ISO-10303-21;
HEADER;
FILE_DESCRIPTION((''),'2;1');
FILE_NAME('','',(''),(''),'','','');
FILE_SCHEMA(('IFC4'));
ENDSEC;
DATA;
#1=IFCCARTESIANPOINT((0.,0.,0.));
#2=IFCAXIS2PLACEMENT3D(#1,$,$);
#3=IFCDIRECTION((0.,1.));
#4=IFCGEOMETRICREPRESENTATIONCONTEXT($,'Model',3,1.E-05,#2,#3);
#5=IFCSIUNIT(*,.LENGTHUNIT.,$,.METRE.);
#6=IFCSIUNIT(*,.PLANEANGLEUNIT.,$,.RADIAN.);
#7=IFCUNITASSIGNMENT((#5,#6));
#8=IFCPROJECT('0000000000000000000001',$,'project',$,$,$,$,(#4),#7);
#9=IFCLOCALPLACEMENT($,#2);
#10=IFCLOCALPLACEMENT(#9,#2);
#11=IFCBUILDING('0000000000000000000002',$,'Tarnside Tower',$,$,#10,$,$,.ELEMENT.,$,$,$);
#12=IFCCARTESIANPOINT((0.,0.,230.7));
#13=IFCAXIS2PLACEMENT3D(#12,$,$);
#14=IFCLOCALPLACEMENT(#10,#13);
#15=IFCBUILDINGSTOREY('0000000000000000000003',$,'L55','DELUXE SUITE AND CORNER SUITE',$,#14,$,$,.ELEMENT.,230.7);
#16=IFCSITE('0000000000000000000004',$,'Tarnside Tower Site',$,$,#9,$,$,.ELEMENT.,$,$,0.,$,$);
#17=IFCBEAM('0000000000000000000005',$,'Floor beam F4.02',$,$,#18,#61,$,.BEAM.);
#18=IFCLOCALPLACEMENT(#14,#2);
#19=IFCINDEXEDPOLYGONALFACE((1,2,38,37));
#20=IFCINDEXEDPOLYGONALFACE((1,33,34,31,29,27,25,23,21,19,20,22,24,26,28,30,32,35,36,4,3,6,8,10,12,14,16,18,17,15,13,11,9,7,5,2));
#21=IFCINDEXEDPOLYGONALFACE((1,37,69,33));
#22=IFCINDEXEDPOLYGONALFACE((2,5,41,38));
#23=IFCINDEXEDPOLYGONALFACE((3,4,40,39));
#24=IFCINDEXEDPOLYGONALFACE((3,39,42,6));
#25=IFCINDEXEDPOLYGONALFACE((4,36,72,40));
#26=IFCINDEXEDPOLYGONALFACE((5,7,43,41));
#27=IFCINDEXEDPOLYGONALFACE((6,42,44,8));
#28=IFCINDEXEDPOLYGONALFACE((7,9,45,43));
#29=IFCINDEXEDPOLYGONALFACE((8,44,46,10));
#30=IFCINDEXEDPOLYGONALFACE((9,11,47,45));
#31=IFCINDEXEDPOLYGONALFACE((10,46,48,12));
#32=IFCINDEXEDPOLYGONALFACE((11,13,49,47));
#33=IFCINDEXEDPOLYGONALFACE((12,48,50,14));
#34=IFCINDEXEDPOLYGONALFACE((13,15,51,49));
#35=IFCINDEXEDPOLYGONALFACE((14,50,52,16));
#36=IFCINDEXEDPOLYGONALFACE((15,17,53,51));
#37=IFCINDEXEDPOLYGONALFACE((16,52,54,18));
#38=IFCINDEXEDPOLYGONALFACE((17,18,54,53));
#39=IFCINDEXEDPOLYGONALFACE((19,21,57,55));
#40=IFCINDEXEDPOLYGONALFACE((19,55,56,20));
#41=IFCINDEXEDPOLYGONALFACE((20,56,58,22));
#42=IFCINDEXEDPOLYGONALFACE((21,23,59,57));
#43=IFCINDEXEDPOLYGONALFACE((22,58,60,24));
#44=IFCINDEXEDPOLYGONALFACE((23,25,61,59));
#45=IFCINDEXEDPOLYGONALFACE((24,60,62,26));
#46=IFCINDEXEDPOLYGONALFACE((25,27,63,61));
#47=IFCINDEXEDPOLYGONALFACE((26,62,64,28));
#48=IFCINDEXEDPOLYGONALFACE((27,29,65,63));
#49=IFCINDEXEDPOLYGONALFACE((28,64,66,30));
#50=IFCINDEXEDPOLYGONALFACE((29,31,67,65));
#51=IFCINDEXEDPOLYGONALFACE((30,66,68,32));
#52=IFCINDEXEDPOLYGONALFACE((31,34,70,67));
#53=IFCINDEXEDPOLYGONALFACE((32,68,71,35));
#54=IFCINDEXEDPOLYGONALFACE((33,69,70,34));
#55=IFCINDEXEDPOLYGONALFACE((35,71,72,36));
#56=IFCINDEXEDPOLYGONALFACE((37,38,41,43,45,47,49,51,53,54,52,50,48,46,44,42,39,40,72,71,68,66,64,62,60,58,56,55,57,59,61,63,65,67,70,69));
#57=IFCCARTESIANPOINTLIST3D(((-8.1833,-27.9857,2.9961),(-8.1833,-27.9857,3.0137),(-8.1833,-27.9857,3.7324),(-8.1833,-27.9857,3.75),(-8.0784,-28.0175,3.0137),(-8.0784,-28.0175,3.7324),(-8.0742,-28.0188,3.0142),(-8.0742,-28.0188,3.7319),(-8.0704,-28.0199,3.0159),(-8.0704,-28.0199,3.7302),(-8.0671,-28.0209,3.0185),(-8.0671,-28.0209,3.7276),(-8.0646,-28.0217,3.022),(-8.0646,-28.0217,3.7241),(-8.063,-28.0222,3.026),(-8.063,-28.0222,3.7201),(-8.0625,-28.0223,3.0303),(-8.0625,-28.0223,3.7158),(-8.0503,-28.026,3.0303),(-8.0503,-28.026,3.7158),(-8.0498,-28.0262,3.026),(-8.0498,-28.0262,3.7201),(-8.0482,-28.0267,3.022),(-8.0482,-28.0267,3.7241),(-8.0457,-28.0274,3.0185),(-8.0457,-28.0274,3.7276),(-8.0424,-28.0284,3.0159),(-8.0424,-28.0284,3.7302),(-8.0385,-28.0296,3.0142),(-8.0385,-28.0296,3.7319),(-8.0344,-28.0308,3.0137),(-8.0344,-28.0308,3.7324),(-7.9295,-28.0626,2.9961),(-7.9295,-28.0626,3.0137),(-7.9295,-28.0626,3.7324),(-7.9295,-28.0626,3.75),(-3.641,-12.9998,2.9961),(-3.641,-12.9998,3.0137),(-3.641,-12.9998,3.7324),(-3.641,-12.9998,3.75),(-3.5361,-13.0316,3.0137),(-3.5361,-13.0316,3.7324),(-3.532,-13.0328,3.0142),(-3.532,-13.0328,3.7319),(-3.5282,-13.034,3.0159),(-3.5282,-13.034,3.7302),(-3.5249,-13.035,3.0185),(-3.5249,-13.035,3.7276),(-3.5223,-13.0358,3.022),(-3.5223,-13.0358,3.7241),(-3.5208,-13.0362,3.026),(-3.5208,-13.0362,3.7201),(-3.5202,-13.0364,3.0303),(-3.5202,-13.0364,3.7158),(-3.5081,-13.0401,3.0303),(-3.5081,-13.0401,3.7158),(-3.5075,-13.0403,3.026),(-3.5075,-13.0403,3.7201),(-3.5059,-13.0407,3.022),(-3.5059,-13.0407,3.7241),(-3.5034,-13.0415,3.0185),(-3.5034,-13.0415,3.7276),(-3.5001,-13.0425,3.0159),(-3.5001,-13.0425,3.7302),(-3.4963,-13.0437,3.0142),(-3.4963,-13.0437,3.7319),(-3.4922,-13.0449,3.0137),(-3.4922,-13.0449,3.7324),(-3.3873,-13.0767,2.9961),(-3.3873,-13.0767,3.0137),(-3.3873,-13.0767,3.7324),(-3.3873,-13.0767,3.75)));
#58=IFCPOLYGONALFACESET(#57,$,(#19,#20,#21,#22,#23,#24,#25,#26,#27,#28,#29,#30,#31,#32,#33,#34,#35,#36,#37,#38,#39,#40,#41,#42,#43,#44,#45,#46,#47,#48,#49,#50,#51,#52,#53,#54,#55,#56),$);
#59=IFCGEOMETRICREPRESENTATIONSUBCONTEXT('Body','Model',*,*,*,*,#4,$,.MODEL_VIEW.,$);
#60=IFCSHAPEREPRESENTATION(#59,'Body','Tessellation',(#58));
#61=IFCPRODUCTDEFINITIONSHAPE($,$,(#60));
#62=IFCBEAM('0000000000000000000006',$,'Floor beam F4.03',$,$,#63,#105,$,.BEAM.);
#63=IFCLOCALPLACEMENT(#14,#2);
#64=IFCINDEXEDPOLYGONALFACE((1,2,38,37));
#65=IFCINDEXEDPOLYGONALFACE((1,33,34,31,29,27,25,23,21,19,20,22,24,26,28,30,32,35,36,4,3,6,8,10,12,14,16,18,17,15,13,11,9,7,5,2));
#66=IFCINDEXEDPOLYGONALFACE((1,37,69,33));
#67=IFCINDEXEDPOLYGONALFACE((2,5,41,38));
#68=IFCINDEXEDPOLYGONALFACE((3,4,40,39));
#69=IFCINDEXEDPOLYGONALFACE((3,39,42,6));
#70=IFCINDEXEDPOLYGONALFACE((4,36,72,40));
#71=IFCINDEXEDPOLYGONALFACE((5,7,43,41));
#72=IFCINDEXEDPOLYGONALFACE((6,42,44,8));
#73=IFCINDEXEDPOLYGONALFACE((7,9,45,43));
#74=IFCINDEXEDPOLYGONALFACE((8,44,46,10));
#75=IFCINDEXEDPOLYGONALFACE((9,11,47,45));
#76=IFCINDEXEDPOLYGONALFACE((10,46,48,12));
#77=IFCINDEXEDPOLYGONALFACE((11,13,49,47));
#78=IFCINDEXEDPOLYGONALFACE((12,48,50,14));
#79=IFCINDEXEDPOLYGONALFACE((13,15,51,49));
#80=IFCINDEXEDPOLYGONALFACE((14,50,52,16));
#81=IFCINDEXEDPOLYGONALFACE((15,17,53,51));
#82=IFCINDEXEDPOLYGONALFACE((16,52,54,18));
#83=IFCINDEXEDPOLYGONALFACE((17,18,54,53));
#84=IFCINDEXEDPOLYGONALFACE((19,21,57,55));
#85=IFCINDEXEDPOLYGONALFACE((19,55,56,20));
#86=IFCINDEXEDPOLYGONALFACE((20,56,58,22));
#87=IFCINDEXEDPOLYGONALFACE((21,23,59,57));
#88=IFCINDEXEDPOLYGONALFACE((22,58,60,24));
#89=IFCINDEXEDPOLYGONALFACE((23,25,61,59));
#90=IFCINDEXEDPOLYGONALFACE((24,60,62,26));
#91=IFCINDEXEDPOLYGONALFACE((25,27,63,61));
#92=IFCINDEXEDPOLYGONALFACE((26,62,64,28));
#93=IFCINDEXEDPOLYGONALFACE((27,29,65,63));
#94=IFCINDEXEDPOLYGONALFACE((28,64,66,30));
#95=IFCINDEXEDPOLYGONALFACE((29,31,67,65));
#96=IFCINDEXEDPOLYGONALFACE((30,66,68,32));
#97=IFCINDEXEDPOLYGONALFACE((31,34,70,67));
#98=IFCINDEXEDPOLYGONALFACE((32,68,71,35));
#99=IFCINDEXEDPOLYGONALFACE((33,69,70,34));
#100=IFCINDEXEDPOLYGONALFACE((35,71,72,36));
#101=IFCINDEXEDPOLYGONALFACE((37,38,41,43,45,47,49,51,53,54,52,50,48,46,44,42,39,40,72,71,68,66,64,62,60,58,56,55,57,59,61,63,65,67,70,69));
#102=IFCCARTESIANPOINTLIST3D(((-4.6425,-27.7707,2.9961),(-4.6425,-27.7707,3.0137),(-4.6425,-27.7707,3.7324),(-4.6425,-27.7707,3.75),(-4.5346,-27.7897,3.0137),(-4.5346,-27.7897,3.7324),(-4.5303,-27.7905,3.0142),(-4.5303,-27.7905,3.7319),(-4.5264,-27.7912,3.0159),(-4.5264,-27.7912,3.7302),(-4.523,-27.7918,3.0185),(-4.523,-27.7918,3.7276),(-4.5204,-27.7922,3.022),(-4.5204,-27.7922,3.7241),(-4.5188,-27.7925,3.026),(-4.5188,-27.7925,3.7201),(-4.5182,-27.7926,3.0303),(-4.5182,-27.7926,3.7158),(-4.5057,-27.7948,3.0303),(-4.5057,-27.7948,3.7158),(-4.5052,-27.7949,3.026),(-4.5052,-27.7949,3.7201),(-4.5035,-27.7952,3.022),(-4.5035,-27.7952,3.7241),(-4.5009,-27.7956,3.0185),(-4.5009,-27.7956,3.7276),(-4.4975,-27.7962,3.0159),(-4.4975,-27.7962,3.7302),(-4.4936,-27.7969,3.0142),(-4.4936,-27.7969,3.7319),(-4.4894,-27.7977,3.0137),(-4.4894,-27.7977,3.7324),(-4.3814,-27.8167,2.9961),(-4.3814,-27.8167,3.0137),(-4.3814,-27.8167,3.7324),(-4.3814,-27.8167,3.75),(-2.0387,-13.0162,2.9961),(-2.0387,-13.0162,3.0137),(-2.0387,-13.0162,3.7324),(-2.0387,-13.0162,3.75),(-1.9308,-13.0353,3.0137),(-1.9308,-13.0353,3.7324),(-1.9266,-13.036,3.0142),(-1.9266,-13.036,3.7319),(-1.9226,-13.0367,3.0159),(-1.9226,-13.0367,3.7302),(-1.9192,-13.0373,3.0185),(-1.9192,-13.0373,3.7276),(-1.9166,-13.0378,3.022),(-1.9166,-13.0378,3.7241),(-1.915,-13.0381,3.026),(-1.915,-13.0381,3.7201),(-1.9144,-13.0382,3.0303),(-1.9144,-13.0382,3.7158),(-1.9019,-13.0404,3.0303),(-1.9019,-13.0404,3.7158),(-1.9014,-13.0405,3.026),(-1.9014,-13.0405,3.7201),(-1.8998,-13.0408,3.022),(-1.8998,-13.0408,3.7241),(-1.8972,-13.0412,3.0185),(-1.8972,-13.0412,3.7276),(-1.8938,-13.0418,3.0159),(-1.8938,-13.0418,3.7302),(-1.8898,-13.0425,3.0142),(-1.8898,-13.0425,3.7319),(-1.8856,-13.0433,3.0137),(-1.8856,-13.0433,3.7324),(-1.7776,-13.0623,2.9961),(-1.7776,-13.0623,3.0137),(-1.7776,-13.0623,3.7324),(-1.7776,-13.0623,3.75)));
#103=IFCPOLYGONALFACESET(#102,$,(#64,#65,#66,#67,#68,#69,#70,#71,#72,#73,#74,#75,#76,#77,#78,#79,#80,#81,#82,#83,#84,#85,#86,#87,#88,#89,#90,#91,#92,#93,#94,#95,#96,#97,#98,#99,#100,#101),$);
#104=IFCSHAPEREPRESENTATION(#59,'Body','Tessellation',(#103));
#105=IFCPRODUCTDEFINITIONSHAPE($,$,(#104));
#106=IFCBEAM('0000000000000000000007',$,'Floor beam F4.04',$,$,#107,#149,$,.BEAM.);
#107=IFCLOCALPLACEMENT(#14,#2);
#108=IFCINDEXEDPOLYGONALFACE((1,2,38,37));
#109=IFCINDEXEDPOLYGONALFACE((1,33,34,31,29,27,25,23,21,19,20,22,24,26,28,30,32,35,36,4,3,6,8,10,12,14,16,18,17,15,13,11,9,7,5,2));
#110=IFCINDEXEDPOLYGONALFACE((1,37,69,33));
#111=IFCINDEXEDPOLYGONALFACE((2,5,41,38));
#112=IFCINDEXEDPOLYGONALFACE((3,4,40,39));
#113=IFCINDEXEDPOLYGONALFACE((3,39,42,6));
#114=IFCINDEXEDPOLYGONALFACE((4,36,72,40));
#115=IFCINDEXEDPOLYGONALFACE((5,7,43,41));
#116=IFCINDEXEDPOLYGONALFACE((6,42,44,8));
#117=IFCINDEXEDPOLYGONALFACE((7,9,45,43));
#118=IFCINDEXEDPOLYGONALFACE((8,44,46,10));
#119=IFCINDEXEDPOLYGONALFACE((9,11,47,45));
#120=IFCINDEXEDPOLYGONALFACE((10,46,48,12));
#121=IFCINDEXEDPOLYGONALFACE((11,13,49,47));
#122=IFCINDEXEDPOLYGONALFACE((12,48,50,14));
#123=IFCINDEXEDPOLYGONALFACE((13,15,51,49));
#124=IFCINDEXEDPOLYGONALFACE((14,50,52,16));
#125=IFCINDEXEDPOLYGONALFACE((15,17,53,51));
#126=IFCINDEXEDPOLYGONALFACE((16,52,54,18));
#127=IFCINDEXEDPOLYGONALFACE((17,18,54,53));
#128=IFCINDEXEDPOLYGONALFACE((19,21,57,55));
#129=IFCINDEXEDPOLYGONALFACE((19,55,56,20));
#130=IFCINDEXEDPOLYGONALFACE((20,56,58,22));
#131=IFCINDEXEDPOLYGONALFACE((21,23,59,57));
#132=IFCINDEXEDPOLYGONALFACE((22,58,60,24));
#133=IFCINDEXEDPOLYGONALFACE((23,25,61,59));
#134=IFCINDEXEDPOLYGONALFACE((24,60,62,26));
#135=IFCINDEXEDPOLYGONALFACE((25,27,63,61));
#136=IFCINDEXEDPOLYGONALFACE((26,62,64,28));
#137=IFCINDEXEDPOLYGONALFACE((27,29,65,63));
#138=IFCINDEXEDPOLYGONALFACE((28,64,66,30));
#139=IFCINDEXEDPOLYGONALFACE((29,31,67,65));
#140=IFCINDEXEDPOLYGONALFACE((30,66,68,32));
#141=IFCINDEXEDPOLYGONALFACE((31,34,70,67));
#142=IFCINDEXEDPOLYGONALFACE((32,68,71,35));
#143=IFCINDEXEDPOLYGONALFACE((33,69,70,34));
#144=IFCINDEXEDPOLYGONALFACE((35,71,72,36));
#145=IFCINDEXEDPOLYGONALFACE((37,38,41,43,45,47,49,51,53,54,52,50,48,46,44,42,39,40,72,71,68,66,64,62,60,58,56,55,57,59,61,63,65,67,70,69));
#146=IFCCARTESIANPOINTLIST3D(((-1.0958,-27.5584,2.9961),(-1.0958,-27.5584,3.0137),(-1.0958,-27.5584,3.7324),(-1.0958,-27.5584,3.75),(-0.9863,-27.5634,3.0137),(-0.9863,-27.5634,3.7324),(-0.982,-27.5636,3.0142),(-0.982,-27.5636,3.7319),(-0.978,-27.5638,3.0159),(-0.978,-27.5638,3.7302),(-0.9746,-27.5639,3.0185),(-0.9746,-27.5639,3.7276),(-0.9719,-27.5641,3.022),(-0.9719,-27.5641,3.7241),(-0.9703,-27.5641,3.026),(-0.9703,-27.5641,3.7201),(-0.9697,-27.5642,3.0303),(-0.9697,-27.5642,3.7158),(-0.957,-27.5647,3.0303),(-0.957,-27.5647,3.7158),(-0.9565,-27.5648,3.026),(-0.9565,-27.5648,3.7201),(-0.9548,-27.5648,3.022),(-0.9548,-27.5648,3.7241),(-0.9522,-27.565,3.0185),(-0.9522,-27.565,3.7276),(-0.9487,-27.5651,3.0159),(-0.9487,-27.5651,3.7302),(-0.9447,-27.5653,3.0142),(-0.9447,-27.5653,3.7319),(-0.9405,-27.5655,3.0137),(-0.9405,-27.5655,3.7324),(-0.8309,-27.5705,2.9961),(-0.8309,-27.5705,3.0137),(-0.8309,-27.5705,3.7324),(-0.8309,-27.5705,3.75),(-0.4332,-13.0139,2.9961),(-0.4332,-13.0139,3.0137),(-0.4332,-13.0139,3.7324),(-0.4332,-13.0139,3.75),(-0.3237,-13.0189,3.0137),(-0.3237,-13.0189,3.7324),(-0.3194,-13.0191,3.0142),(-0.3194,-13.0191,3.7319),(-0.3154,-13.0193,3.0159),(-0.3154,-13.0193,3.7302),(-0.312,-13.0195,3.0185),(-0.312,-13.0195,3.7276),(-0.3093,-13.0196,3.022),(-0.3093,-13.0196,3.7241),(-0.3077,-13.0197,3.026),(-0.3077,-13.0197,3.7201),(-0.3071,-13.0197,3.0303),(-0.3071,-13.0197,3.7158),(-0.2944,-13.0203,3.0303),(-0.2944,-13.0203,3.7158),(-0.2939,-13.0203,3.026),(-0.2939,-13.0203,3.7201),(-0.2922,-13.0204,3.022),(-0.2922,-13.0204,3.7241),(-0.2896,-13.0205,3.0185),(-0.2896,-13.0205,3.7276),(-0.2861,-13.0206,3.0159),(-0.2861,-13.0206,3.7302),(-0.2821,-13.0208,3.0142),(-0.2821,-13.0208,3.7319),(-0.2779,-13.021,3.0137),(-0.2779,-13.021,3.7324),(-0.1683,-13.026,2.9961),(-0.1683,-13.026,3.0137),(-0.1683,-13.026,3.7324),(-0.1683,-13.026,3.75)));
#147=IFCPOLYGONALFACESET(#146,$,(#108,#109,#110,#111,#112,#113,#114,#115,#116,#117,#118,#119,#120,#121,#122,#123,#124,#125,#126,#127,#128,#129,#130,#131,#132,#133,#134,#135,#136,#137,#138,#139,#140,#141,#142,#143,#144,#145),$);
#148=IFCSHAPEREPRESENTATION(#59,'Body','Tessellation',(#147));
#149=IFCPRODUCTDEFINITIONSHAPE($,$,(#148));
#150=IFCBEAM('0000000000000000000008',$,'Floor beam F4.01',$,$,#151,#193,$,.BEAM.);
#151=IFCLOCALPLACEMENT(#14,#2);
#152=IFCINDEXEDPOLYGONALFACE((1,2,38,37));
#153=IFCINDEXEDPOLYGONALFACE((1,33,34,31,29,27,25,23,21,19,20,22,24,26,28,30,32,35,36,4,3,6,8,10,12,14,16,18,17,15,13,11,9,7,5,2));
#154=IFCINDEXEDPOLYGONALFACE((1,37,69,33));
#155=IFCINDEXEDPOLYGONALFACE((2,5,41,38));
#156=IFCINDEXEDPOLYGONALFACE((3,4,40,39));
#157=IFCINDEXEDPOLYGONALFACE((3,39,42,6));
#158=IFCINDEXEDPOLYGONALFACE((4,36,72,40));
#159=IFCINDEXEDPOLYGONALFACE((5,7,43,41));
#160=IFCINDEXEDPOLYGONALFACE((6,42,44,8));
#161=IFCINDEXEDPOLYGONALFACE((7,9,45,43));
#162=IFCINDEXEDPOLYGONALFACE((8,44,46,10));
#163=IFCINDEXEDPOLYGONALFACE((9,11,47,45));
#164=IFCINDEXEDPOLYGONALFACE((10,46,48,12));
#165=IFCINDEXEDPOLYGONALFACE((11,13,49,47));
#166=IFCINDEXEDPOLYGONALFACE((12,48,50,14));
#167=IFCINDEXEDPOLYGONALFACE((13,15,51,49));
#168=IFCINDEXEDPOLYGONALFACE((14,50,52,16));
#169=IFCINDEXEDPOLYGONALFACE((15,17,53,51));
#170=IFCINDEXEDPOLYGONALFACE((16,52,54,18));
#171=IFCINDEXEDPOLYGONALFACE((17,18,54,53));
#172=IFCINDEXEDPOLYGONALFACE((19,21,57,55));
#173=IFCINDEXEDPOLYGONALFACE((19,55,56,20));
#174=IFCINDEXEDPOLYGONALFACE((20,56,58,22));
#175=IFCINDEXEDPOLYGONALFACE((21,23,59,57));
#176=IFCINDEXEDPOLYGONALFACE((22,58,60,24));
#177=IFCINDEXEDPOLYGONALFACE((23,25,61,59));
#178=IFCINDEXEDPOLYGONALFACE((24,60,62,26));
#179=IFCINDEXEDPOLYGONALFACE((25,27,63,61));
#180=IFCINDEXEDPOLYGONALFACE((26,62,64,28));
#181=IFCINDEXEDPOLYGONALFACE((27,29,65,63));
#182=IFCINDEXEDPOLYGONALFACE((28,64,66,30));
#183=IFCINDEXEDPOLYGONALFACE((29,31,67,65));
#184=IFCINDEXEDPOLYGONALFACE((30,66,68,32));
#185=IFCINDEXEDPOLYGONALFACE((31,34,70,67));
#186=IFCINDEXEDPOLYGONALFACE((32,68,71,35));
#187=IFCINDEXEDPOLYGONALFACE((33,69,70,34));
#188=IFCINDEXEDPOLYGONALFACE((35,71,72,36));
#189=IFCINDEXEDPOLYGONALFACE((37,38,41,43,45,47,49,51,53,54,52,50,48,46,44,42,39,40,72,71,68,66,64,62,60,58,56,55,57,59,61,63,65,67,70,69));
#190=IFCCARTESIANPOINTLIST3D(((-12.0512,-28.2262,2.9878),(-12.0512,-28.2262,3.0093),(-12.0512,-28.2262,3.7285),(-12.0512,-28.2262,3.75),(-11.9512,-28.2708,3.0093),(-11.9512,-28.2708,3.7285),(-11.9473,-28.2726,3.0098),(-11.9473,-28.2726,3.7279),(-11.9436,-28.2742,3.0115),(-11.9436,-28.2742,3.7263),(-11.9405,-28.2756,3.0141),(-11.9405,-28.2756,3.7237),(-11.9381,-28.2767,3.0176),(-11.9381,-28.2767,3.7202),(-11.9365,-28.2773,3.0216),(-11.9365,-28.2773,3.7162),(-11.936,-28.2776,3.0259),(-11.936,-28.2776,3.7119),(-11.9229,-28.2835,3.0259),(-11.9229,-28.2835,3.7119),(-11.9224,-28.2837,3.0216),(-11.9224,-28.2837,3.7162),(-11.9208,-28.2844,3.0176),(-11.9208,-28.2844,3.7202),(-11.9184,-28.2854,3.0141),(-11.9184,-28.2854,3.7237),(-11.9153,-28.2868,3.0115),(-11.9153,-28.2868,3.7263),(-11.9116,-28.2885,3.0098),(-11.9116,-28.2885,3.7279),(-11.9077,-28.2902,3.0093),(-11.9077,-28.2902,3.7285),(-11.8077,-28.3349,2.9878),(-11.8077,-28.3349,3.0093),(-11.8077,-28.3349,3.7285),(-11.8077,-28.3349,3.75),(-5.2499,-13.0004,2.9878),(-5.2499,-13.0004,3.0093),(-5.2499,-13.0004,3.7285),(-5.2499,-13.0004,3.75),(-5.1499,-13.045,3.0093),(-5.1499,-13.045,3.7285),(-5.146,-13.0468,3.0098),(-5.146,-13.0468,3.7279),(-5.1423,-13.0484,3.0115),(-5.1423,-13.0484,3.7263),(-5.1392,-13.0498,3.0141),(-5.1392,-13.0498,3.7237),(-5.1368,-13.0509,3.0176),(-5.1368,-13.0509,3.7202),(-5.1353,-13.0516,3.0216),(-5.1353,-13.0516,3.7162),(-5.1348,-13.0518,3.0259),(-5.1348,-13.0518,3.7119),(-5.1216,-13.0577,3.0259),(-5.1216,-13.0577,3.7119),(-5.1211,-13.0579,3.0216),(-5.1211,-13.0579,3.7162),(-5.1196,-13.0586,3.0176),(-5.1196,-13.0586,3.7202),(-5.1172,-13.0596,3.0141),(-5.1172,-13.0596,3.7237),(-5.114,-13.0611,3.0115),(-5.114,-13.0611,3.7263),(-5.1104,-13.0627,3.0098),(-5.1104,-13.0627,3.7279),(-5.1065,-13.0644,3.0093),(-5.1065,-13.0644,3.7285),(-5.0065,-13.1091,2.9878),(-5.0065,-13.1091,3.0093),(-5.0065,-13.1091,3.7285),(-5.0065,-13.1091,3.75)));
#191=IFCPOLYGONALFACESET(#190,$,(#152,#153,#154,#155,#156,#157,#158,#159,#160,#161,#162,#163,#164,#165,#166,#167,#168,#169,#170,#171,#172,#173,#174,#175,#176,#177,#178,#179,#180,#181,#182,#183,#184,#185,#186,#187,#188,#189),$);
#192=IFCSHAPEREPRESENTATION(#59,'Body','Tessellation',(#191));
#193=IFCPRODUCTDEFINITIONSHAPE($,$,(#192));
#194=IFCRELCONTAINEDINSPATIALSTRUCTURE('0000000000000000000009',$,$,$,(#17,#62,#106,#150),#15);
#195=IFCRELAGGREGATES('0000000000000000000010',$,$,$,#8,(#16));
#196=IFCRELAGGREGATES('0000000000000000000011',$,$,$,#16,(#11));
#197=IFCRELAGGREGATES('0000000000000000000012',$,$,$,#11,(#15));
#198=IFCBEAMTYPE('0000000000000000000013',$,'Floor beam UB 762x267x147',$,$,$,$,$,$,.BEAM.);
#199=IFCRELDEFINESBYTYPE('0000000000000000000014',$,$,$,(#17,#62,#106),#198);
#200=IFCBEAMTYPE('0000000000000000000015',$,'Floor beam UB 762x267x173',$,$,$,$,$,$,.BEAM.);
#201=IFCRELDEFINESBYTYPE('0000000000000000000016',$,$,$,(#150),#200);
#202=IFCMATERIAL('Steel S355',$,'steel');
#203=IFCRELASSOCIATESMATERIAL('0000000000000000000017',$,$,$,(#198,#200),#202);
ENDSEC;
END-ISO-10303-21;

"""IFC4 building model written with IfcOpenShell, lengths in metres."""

from ifc_helpers import new_model, si_unit, direction, frame, origin, origin_2d, place, context, subcontext, project, spatial, i_section, extrude, material, material_profile, profile_set, type_object, element, save


model = new_model("IFC4")

# Units and contexts
model_context = context("Model", 3, precision=1e-05, world=origin(), true_north=direction((0.0, 1.0)))
body_context = subcontext(model_context, "Body", "Model", "MODEL_VIEW")
ifc_project = project(units=[si_unit("LENGTHUNIT", "METRE"), si_unit("PLANEANGLEUNIT", "RADIAN")], contexts=[model_context])

# Site, building, storey
site_placement = place(None, origin())
site = spatial("IfcSite", under=ifc_project, at=site_placement, Name="Tarnside Tower Site", CompositionType="ELEMENT", RefElevation=0.0)
building_placement = place(site_placement, origin())
building = spatial("IfcBuilding", under=site, at=building_placement, Name="Tarnside Tower", CompositionType="ELEMENT")
storey_placement = place(building_placement, frame((0.0, 0.0, 230.7)))
storey = spatial("IfcBuildingStorey", under=building, at=storey_placement, Name="L55", Description="DELUXE SUITE AND CORNER SUITE", CompositionType="ELEMENT", Elevation=230.7)

# Beams
ifc_material_1 = material(Name="Steel S355", Category="steel")
ifc_material_profile_1 = material_profile(ifc_material_1, i_section(OverallWidth=0.2651, OverallDepth=0.7539, WebThickness=0.0127, FlangeThickness=0.0176, FilletRadius=0.0166, at=origin_2d()), Name="UB 762x267x147")
ifc_profile_set_1 = profile_set([ifc_material_profile_1], Name="Steel S355")
beam_type_1 = type_object("IfcBeamType", Name="Floor beam UB 762x267x147", PredefinedType="BEAM", material=ifc_profile_set_1)
beam_1_placement = place(storey_placement, frame((-8.0564, -28.0242, 3.373), z_axis=(0.29007, 0.957005, 0.0), x_axis=(-0.957005, 0.29007, 0.0)))
element("IfcBeam", 1, at=beam_1_placement, inside=storey, type_object=beam_type_1, Name="Floor beam F4.02", PredefinedType="BEAM", context=body_context, shape_type="SweptSolid", body=[
    extrude(i_section(OverallWidth=0.2651, OverallDepth=0.7539, WebThickness=0.0127, FlangeThickness=0.0176, FilletRadius=0.0166, at=origin_2d()), origin(), (0.0, 0.0, 1.0), 15.6592),
])
beam_2_placement = place(storey_placement, frame((-4.512, -27.7937, 3.373), z_axis=(0.173788, 0.984783, 0.0), x_axis=(-0.984783, 0.173788, 0.0)))
element("IfcBeam", 2, at=beam_2_placement, inside=storey, type_object=beam_type_1, Name="Floor beam F4.03", PredefinedType="BEAM", context=body_context, shape_type="SweptSolid", body=[
    extrude(i_section(OverallWidth=0.2651, OverallDepth=0.7539, WebThickness=0.0127, FlangeThickness=0.0176, FilletRadius=0.0166, at=origin_2d()), origin(), (0.0, 0.0, 1.0), 14.9824),
])
beam_3_placement = place(storey_placement, frame((-0.9634, -27.5645, 3.373), z_axis=(0.04551, 0.998964, 0.0), x_axis=(-0.998964, 0.04551, 0.0)))
element("IfcBeam", 3, at=beam_3_placement, inside=storey, type_object=beam_type_1, Name="Floor beam F4.04", PredefinedType="BEAM", context=body_context, shape_type="SweptSolid", body=[
    extrude(i_section(OverallWidth=0.2651, OverallDepth=0.7539, WebThickness=0.0127, FlangeThickness=0.0176, FilletRadius=0.0166, at=origin_2d()), origin(), (0.0, 0.0, 1.0), 14.5596),
])
ifc_material_profile_2 = material_profile(ifc_material_1, i_section(OverallWidth=0.2666, OverallDepth=0.7622, WebThickness=0.0144, FlangeThickness=0.0215, FilletRadius=0.0166, at=origin_2d()), Name="UB 762x267x173")
ifc_profile_set_2 = profile_set([ifc_material_profile_2], Name="Steel S355")
beam_type_2 = type_object("IfcBeamType", Name="Floor beam UB 762x267x173", PredefinedType="BEAM", material=ifc_profile_set_2)
beam_4_placement = place(storey_placement, frame((-11.9294, -28.2805, 3.3689), z_axis=(0.407852, 0.913048, 0.0), x_axis=(-0.913048, 0.407852, 0.0)))
element("IfcBeam", 4, at=beam_4_placement, inside=storey, type_object=beam_type_2, Name="Floor beam F4.01", PredefinedType="BEAM", context=body_context, shape_type="SweptSolid", body=[
    extrude(i_section(OverallWidth=0.2666, OverallDepth=0.7622, WebThickness=0.0144, FlangeThickness=0.0215, FilletRadius=0.0166, at=origin_2d()), origin(), (0.0, 0.0, 1.0), 16.6758),
])

save(model, "model.ifc")
